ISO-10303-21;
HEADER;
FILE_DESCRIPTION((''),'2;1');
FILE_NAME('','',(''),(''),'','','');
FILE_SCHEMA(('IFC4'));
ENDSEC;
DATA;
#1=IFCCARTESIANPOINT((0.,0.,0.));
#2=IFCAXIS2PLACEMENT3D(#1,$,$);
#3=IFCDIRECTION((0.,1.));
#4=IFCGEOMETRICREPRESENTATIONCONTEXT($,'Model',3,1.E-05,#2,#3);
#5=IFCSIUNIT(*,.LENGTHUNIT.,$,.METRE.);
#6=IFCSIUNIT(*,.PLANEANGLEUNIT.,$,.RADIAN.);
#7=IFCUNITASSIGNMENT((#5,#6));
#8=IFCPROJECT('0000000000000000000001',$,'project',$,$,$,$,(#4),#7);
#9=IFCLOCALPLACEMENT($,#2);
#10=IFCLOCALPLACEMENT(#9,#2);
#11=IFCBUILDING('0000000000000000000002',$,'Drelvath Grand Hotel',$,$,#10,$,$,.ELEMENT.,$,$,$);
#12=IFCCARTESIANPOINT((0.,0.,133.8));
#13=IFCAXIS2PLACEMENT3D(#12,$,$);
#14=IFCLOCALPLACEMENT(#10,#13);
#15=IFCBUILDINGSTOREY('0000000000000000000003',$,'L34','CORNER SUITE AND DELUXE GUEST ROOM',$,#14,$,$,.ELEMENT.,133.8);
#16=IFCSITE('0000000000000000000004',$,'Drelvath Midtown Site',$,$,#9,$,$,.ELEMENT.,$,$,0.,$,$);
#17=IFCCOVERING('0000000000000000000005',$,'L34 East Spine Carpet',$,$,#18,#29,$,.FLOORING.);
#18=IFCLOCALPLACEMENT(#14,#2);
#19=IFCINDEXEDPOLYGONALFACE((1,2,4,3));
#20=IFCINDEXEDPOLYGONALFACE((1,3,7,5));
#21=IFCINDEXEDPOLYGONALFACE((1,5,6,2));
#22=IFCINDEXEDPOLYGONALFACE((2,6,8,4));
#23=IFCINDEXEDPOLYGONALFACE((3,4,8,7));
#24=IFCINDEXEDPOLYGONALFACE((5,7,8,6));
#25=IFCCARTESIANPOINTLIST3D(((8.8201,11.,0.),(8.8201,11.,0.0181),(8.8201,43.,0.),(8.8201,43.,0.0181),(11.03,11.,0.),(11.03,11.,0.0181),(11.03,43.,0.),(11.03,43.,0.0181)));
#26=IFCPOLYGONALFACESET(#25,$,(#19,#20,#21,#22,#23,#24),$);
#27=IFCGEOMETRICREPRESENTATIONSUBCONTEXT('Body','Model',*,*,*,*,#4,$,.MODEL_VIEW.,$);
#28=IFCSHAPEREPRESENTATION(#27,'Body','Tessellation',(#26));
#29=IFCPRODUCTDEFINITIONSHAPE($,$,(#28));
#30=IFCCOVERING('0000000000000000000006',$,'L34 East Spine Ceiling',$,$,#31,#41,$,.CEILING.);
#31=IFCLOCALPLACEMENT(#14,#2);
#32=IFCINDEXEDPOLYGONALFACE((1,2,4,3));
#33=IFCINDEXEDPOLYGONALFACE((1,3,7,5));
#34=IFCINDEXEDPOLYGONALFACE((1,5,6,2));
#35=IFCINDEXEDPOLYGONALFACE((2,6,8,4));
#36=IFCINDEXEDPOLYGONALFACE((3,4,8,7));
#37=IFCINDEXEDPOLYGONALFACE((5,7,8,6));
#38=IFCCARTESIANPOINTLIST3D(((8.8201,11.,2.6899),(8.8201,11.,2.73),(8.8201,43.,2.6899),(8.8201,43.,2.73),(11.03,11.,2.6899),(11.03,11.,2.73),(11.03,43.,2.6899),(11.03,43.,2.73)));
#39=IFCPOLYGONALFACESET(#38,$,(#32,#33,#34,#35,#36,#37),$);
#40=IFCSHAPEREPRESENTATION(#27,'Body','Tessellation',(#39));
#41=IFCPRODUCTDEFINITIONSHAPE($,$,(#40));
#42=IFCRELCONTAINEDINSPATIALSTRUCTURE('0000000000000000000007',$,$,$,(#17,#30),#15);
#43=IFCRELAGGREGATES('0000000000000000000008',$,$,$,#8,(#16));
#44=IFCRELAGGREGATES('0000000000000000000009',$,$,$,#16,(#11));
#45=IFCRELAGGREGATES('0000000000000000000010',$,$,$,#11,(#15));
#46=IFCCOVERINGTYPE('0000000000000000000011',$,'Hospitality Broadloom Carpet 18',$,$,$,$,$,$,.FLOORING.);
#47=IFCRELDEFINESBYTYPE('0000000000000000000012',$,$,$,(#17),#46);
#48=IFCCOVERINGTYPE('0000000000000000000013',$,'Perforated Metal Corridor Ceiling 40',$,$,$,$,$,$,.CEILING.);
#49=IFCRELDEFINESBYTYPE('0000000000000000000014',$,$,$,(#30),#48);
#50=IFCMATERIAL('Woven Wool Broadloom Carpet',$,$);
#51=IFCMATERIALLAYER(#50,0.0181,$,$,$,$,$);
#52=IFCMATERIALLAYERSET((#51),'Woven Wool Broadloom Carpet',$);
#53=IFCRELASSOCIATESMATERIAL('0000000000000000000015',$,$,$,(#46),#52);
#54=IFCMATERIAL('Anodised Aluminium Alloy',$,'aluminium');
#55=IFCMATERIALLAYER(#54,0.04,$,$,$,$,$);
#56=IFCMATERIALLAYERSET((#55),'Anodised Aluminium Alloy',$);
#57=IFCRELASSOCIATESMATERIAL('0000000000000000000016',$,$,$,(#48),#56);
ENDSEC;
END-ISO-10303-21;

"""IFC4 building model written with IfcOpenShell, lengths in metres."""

from ifc_helpers import new_model, si_unit, direction, frame, origin, place, context, subcontext, project, spatial, polyline, outline, extrude, material, layer, layer_set, type_object, element, save


model = new_model("IFC4")

# Units and contexts
model_context = context("Model", 3, precision=1e-05, world=origin(), true_north=direction((0.0, 1.0)))
body_context = subcontext(model_context, "Body", "Model", "MODEL_VIEW")
ifc_project = project(units=[si_unit("LENGTHUNIT", "METRE"), si_unit("PLANEANGLEUNIT", "RADIAN")], contexts=[model_context])

# Site, building, storey
site_placement = place(None, origin())
site = spatial("IfcSite", under=ifc_project, at=site_placement, Name="Drelvath Midtown Site", CompositionType="ELEMENT", RefElevation=0.0)
building_placement = place(site_placement, origin())
building = spatial("IfcBuilding", under=site, at=building_placement, Name="Drelvath Grand Hotel", CompositionType="ELEMENT")
storey_placement = place(building_placement, frame((0.0, 0.0, 133.8)))
storey = spatial("IfcBuildingStorey", under=building, at=storey_placement, Name="L34", Description="CORNER SUITE AND DELUXE GUEST ROOM", CompositionType="ELEMENT", Elevation=133.8)

# Coverings
ifc_material_1 = material(Name="Woven Wool Broadloom Carpet")
ifc_layer_1 = layer(ifc_material_1, 0.0181)
ifc_layer_set_1 = layer_set([ifc_layer_1], Name="Woven Wool Broadloom Carpet")
covering_type_1 = type_object("IfcCoveringType", Name="Hospitality Broadloom Carpet 18", PredefinedType="FLOORING", material=ifc_layer_set_1)
covering_1_placement = place(storey_placement, origin())
element("IfcCovering", 1, at=covering_1_placement, inside=storey, type_object=covering_type_1, Name="L34 East Spine Carpet", PredefinedType="FLOORING", context=body_context, shape_type="SweptSolid", body=[
    extrude(outline(polyline([(11.03, 11.0), (11.03, 43.0), (8.8201, 43.0), (8.8201, 11.0), (11.03, 11.0)])), origin(), (0.0, 0.0, 1.0), 0.0181),
])
ifc_material_2 = material(Name="Anodised Aluminium Alloy", Category="aluminium")
ifc_layer_2 = layer(ifc_material_2, 0.04)
ifc_layer_set_2 = layer_set([ifc_layer_2], Name="Anodised Aluminium Alloy")
covering_type_2 = type_object("IfcCoveringType", Name="Perforated Metal Corridor Ceiling 40", PredefinedType="CEILING", material=ifc_layer_set_2)
covering_2_placement = place(storey_placement, frame((0.0, 0.0, 2.6899)))
element("IfcCovering", 2, at=covering_2_placement, inside=storey, type_object=covering_type_2, Name="L34 East Spine Ceiling", PredefinedType="CEILING", context=body_context, shape_type="SweptSolid", body=[
    extrude(outline(polyline([(11.03, 11.0), (11.03, 43.0), (8.8201, 43.0), (8.8201, 11.0), (11.03, 11.0)])), origin(), (0.0, 0.0, 1.0), 0.04),
])

save(model, "model.ifc")
